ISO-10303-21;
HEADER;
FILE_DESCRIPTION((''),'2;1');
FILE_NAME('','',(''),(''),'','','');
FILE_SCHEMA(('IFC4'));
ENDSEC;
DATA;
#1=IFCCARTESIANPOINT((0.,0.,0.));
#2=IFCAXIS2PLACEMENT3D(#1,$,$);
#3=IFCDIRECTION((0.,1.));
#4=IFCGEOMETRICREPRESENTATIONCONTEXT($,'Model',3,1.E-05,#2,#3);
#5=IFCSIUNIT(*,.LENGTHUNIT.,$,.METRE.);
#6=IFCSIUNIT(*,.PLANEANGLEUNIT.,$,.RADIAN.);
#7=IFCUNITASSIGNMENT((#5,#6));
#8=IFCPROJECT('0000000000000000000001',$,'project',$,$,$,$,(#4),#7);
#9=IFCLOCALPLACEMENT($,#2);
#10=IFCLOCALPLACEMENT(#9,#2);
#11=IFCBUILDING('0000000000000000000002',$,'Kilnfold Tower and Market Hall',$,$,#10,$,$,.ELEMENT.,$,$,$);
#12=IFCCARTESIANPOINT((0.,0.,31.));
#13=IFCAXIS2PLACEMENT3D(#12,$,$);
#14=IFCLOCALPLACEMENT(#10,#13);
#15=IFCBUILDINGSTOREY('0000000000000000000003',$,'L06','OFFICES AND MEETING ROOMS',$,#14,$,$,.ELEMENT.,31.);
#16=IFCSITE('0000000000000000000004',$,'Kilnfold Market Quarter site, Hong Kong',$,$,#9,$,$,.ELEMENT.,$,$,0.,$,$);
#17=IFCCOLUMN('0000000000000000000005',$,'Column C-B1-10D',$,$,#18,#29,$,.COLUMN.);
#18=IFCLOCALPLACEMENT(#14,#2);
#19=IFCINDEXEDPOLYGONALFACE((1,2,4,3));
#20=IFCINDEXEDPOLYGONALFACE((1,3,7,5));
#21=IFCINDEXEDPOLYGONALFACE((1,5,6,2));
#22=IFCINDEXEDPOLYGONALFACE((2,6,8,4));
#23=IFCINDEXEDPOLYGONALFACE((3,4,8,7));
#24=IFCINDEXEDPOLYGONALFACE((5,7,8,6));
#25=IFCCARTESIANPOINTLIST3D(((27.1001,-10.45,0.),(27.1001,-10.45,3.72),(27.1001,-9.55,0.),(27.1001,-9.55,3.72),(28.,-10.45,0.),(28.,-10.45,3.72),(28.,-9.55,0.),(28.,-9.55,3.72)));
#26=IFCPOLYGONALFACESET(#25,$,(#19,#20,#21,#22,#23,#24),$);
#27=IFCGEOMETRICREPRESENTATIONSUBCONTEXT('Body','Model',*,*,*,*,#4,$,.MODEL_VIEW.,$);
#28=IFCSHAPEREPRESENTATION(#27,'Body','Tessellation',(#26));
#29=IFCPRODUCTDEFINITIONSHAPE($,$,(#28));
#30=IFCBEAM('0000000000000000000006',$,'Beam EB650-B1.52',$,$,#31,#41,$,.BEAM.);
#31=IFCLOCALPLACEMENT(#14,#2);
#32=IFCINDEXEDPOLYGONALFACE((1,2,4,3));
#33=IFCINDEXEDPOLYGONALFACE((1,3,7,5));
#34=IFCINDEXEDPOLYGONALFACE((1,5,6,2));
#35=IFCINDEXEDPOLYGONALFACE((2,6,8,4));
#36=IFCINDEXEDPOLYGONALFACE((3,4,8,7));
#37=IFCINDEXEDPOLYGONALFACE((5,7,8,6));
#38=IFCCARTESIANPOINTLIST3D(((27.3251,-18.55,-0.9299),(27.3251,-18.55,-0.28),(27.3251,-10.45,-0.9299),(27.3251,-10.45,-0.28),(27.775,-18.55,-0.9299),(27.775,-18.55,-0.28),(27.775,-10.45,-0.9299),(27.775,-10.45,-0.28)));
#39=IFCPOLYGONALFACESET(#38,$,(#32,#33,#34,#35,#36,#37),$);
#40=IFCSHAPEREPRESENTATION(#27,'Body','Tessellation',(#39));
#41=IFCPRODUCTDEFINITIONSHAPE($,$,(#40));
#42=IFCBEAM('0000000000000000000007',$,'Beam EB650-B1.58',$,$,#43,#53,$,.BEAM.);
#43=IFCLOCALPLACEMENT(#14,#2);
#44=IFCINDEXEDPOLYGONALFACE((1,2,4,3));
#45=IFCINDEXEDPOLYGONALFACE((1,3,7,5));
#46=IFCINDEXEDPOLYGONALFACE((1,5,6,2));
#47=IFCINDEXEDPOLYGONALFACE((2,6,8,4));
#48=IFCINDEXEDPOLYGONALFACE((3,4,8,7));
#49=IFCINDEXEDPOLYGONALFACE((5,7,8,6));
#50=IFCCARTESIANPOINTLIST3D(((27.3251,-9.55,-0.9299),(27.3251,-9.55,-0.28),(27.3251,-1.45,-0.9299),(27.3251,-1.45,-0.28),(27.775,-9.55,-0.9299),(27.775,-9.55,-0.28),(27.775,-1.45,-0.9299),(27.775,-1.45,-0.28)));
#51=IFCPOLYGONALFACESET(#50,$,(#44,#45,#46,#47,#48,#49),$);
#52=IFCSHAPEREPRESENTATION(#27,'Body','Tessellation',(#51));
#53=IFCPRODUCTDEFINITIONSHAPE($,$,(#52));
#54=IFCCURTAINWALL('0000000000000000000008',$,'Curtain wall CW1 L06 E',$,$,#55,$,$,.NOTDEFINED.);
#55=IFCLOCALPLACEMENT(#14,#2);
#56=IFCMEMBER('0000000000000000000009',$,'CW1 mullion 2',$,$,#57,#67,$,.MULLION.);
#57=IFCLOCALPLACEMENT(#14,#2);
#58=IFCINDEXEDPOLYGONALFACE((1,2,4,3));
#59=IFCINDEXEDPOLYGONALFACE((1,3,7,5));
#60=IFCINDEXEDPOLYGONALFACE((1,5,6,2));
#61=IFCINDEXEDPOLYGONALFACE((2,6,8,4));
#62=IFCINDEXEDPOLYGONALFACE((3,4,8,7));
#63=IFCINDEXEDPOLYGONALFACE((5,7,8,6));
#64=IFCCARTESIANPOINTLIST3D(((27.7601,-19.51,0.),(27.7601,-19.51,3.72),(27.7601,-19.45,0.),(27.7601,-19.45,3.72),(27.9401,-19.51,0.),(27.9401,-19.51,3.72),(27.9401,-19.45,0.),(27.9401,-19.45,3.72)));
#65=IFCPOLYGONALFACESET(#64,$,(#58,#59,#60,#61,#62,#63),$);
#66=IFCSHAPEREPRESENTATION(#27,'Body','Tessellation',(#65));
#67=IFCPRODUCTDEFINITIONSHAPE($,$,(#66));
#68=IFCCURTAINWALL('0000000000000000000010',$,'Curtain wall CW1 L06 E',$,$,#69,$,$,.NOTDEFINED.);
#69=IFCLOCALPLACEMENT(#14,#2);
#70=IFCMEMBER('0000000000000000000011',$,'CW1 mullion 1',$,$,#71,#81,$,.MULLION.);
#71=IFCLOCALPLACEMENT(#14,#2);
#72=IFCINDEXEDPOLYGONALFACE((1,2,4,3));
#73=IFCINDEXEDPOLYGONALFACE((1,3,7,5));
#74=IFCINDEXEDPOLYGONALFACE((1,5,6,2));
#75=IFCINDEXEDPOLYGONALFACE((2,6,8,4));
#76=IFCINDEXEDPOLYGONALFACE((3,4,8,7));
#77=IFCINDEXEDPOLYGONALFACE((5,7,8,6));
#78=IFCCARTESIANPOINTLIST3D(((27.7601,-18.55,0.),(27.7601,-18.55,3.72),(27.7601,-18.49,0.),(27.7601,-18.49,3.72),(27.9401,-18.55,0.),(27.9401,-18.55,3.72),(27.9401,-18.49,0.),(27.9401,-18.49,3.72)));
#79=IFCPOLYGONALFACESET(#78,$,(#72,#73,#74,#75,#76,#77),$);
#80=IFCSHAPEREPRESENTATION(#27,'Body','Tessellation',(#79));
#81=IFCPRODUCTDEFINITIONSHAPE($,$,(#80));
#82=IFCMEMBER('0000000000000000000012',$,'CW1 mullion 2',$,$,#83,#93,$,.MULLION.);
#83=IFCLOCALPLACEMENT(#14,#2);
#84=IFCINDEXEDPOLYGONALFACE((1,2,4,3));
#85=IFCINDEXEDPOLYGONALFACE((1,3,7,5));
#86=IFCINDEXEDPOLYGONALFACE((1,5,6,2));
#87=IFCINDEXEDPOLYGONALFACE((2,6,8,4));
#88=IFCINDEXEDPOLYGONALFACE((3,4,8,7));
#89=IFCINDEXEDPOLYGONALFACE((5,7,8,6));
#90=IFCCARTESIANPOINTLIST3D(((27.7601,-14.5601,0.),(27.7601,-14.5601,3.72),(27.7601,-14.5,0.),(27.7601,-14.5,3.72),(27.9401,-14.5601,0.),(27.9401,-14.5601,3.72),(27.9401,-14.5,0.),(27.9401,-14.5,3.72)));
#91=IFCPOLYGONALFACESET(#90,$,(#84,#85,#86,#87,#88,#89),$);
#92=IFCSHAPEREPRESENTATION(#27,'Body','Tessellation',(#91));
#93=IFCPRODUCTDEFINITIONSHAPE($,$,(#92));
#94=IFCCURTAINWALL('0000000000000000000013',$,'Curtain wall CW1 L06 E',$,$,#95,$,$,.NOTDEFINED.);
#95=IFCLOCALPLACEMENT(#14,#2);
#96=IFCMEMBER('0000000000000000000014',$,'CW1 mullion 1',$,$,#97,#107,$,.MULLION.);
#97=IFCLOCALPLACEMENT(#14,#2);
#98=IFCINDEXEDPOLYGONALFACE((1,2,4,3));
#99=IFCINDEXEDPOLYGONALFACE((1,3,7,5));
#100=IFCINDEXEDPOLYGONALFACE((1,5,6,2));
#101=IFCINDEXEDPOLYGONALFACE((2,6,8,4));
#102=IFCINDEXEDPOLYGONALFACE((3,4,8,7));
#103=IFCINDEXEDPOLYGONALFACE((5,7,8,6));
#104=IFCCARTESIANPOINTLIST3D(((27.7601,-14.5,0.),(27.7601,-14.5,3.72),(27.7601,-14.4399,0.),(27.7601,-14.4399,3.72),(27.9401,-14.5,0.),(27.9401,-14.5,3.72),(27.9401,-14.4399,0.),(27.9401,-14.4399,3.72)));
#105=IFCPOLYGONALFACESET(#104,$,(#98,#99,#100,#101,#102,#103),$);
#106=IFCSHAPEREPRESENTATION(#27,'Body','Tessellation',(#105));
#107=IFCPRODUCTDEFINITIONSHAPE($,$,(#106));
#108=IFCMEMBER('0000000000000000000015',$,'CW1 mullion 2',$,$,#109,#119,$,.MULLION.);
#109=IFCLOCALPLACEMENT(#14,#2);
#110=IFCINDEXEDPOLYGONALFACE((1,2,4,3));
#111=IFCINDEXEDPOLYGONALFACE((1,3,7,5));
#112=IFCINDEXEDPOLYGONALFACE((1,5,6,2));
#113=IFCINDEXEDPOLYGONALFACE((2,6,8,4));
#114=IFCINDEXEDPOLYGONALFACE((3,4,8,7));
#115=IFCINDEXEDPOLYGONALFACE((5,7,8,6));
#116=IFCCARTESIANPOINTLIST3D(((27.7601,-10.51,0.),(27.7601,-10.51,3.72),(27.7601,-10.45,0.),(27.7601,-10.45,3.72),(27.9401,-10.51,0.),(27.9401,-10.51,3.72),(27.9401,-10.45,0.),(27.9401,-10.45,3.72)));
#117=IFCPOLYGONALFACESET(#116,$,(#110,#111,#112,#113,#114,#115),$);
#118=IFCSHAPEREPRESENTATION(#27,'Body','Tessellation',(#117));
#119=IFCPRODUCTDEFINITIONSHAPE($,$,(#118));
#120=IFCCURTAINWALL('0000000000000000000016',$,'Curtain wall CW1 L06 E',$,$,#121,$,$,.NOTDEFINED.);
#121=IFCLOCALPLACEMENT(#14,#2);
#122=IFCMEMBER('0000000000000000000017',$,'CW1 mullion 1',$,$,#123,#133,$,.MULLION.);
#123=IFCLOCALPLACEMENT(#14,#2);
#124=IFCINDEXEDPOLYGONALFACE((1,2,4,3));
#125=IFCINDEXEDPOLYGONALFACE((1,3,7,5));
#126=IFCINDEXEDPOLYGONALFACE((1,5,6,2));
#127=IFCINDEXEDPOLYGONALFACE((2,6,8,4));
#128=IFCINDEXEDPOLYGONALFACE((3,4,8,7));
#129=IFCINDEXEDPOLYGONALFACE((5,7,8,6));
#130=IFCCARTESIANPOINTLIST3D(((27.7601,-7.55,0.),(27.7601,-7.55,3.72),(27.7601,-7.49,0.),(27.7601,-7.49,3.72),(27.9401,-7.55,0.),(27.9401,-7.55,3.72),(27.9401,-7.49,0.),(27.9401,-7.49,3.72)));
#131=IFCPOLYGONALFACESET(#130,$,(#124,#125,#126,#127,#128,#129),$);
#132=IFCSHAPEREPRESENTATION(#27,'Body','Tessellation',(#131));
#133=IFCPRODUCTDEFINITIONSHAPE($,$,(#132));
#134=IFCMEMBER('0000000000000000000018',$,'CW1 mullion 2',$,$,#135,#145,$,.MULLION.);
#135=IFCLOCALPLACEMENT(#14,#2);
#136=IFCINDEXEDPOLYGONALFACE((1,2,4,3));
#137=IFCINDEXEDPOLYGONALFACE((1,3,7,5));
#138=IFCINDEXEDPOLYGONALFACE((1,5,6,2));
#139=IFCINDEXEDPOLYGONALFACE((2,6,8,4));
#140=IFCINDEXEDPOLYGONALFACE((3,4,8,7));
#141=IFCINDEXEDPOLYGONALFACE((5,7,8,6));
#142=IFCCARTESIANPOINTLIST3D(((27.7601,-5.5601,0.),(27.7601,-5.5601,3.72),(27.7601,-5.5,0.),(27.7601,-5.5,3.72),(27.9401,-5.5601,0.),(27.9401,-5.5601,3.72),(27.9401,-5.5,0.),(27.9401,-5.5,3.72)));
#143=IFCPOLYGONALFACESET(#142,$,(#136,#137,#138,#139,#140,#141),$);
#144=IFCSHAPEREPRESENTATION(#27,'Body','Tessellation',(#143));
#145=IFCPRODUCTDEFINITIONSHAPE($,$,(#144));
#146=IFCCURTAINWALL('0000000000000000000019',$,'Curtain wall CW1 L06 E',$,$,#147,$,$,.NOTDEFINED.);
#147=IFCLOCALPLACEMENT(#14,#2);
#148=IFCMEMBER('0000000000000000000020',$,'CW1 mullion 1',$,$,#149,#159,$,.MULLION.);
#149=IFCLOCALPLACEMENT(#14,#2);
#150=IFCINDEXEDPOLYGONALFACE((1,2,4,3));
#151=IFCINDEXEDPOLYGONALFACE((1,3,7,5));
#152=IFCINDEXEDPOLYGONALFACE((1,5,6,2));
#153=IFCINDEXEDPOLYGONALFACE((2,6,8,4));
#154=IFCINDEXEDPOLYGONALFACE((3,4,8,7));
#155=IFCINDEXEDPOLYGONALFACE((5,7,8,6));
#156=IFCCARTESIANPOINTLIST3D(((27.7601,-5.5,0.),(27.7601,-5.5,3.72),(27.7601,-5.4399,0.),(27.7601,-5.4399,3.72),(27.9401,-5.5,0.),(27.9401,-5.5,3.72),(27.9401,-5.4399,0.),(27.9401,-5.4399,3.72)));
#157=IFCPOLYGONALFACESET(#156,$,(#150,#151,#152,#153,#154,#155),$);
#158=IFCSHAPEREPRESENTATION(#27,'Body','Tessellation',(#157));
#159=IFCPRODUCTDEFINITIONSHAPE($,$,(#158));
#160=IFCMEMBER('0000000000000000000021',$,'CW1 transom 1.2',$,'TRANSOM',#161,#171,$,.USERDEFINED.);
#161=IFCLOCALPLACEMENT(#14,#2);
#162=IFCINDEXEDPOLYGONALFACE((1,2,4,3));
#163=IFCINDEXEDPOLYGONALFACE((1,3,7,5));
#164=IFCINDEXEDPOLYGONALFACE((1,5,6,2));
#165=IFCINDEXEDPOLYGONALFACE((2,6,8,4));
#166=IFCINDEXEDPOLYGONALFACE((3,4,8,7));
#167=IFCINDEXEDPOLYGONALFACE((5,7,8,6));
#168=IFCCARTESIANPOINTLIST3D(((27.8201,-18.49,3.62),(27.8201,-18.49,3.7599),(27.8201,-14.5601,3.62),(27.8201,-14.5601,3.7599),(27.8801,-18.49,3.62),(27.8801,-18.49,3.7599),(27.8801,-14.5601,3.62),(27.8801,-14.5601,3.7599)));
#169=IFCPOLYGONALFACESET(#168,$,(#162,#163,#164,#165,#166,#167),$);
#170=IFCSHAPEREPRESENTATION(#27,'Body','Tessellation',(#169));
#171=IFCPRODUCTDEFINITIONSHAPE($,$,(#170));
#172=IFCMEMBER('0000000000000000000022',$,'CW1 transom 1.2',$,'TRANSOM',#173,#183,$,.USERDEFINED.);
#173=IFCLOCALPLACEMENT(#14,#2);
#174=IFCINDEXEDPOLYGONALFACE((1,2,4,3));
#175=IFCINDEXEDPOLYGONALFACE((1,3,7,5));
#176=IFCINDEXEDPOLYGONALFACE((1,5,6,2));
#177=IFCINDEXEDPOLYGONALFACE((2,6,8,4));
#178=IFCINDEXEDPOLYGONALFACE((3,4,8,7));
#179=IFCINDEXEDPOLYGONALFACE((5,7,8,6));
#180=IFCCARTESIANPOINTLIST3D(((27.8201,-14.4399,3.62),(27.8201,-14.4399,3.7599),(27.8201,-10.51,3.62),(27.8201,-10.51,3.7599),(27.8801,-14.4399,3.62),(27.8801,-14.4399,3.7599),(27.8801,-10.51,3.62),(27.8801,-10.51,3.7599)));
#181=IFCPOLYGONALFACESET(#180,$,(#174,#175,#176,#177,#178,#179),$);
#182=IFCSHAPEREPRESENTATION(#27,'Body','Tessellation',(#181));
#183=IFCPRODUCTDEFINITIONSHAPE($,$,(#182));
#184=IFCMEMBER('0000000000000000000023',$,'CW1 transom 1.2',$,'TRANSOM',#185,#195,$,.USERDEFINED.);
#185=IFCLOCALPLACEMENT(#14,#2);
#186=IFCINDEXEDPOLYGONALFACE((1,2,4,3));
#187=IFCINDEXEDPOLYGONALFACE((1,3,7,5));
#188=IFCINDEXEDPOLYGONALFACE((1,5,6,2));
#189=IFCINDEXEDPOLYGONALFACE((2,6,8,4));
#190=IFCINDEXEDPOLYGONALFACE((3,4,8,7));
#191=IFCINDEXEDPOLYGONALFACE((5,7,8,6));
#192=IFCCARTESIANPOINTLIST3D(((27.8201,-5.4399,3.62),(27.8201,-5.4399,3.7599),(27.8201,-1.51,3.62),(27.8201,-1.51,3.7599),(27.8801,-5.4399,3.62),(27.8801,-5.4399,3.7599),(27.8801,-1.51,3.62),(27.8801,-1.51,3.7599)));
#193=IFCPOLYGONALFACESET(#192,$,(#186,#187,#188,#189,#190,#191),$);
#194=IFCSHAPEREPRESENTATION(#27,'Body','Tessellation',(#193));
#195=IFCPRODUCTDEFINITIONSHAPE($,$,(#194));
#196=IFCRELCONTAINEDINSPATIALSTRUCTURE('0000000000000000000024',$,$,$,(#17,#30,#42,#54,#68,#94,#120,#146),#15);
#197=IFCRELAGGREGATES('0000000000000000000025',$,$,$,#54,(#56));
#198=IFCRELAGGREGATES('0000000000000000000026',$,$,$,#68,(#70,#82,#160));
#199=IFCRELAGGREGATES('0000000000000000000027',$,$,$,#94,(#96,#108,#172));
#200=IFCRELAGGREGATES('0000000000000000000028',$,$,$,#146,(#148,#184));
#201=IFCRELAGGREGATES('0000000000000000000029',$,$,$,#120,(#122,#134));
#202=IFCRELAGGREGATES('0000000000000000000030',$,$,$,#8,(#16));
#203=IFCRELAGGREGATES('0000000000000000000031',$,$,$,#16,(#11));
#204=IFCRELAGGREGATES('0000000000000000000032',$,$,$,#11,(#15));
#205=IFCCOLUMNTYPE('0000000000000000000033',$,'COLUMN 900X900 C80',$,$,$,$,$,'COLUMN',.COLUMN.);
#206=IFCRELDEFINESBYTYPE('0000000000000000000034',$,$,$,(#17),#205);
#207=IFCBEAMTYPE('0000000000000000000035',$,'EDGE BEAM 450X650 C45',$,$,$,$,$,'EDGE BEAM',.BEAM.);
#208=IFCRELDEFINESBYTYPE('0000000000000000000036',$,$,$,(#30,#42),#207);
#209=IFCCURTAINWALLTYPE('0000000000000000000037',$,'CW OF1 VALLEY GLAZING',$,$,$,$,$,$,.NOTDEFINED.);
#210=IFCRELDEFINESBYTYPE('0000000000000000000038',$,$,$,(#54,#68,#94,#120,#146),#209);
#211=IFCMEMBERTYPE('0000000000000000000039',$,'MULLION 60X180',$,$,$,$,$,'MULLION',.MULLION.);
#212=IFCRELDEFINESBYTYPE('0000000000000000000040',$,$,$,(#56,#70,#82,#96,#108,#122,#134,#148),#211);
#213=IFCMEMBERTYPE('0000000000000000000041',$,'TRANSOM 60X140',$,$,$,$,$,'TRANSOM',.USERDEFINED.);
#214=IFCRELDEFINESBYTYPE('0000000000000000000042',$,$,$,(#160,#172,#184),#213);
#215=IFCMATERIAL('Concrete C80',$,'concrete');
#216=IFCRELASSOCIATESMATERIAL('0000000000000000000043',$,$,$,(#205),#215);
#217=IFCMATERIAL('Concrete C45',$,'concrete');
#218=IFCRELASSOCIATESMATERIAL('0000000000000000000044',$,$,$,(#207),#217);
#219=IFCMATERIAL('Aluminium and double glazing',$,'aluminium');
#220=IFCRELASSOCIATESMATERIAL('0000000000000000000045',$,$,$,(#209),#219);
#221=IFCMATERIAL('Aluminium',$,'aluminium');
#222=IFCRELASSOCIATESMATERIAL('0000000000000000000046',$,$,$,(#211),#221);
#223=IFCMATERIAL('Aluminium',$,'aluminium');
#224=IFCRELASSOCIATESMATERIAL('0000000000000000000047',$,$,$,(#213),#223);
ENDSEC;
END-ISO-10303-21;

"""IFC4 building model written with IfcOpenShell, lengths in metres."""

from ifc_helpers import new_model, si_unit, direction, frame, origin, origin_2d, place, context, subcontext, project, spatial, rectangle, extrude, source, transform, mapped, material, material_profile, profile_set, type_object, element, aggregate, save


model = new_model("IFC4")

# Units and contexts
model_context = context("Model", 3, precision=1e-05, world=origin(), true_north=direction((0.0, 1.0)))
body_context = subcontext(model_context, "Body", "Model", "MODEL_VIEW")
ifc_project = project(units=[si_unit("LENGTHUNIT", "METRE"), si_unit("PLANEANGLEUNIT", "RADIAN")], contexts=[model_context])

# Site, building, storey
site_placement = place(None, origin())
site = spatial("IfcSite", under=ifc_project, at=site_placement, Name="Kilnfold Market Quarter site, Hong Kong", CompositionType="ELEMENT", RefElevation=0.0)
building_placement = place(site_placement, origin())
building = spatial("IfcBuilding", under=site, at=building_placement, Name="Kilnfold Tower and Market Hall", CompositionType="ELEMENT")
storey_placement = place(building_placement, frame((0.0, 0.0, 31.0)))
storey = spatial("IfcBuildingStorey", under=building, at=storey_placement, Name="L06", Description="OFFICES AND MEETING ROOMS", CompositionType="ELEMENT", Elevation=31.0)

# Column
ifc_material_1 = material(Name="Concrete C80", Category="concrete")
ifc_material_profile_1 = material_profile(ifc_material_1, rectangle(XDim=0.8999, YDim=0.8999, at=origin_2d()), Name="RC 900x900")
ifc_profile_set_1 = profile_set([ifc_material_profile_1], Name="Concrete C80")
column_type = type_object("IfcColumnType", Name="COLUMN 900X900 C80", ElementType="COLUMN", PredefinedType="COLUMN", material=ifc_profile_set_1)
shared_shape_1 = source(origin(), body_context, "Body", "SweptSolid", [
    extrude(rectangle(XDim=0.8999, YDim=0.8999, at=origin_2d()), origin(), (0.0, 0.0, 1.0), 3.72),
])
column_placement = place(storey_placement, frame((27.55, -10.0, 0.0), z_axis=(0.0, 0.0, 1.0), x_axis=(1.0, 0.0, 0.0)))
element("IfcColumn", 1, at=column_placement, inside=storey, type_object=column_type, Name="Column C-B1-10D", PredefinedType="COLUMN", context=body_context, shape_type="MappedRepresentation", body=[
    mapped(shared_shape_1, transform((0.0, 0.0, 0.0))),
])

# Beams
ifc_material_2 = material(Name="Concrete C45", Category="concrete")
ifc_material_profile_2 = material_profile(ifc_material_2, rectangle(XDim=0.45, YDim=0.6499, at=origin_2d()), Name="RC 450x650")
ifc_profile_set_2 = profile_set([ifc_material_profile_2], Name="Concrete C45")
beam_type = type_object("IfcBeamType", Name="EDGE BEAM 450X650 C45", ElementType="EDGE BEAM", PredefinedType="BEAM", material=ifc_profile_set_2)
shared_shape_2 = source(origin(), body_context, "Body", "SweptSolid", [
    extrude(rectangle(XDim=0.45, YDim=0.6499, at=origin_2d()), origin(), (0.0, 0.0, 1.0), 8.1001),
])
for number, where, z_axis, x_axis, name in (
    (2, (27.55, -18.55, -0.605), (0.0, 1.0, 0.0), (-1.0, 0.0, 0.0), "Beam EB650-B1.52"),
    (3, (27.55, -9.55, -0.605), (0.0, 1.0, 0.0), (-1.0, 0.0, 0.0), "Beam EB650-B1.58"),
):
    element("IfcBeam", number, at=place(storey_placement, frame(where, z_axis=z_axis, x_axis=x_axis)), inside=storey, type_object=beam_type, Name=name, PredefinedType="BEAM", context=body_context, shape_type="MappedRepresentation", body=[
        mapped(shared_shape_2, transform((0.0, 0.0, 0.0))),
    ])

# Curtain wall, member
ifc_material_3 = material(Name="Aluminium and double glazing", Category="aluminium")
curtain_wall_type = type_object("IfcCurtainWallType", Name="CW OF1 VALLEY GLAZING", PredefinedType="NOTDEFINED", material=ifc_material_3)
curtain_wall_1_placement = place(storey_placement, origin())
curtain_wall_1 = element("IfcCurtainWall", 4, at=curtain_wall_1_placement, inside=storey, type_object=curtain_wall_type, Name="Curtain wall CW1 L06 E", PredefinedType="NOTDEFINED")
ifc_material_4 = material(Name="Aluminium", Category="aluminium")
ifc_material_profile_3 = material_profile(ifc_material_4, rectangle(XDim=0.0601, YDim=0.1799, at=origin_2d()), Name="MULLION 60x180")
ifc_profile_set_3 = profile_set([ifc_material_profile_3], Name="Aluminium")
member_type_1 = type_object("IfcMemberType", Name="MULLION 60X180", ElementType="MULLION", PredefinedType="MULLION", material=ifc_profile_set_3)
shared_shape_3 = source(origin(), body_context, "Body", "SweptSolid", [
    extrude(rectangle(XDim=0.0601, YDim=0.1799, at=origin_2d()), origin(), (0.0, 0.0, 1.0), 3.72),
])
member_1_placement = place(storey_placement, frame((27.8501, -19.48, 0.0), z_axis=(0.0, 0.0, 1.0), x_axis=(0.0, 1.0, 0.0)))
member_1 = element("IfcMember", 5, at=member_1_placement, type_object=member_type_1, Name="CW1 mullion 2", PredefinedType="MULLION", context=body_context, shape_type="MappedRepresentation", body=[
    mapped(shared_shape_3, transform((0.0, 0.0, 0.0))),
])
aggregate(curtain_wall_1, [member_1])

# Curtain walls, members
curtain_wall_2_placement = place(storey_placement, origin())
curtain_wall_2 = element("IfcCurtainWall", 6, at=curtain_wall_2_placement, inside=storey, type_object=curtain_wall_type, Name="Curtain wall CW1 L06 E", PredefinedType="NOTDEFINED")
member_2_placement = place(storey_placement, frame((27.8501, -18.52, 0.0), z_axis=(0.0, 0.0, 1.0), x_axis=(0.0, 1.0, 0.0)))
member_2 = element("IfcMember", 7, at=member_2_placement, type_object=member_type_1, Name="CW1 mullion 1", PredefinedType="MULLION", context=body_context, shape_type="MappedRepresentation", body=[
    mapped(shared_shape_3, transform((0.0, 0.0, 0.0))),
])
member_3_placement = place(storey_placement, frame((27.8501, -14.53, 0.0), z_axis=(0.0, 0.0, 1.0), x_axis=(0.0, 1.0, 0.0)))
member_3 = element("IfcMember", 8, at=member_3_placement, type_object=member_type_1, Name="CW1 mullion 2", PredefinedType="MULLION", context=body_context, shape_type="MappedRepresentation", body=[
    mapped(shared_shape_3, transform((0.0, 0.0, 0.0))),
])
curtain_wall_3_placement = place(storey_placement, origin())
curtain_wall_3 = element("IfcCurtainWall", 9, at=curtain_wall_3_placement, inside=storey, type_object=curtain_wall_type, Name="Curtain wall CW1 L06 E", PredefinedType="NOTDEFINED")
member_4_placement = place(storey_placement, frame((27.8501, -14.47, 0.0), z_axis=(0.0, 0.0, 1.0), x_axis=(0.0, 1.0, 0.0)))
member_4 = element("IfcMember", 10, at=member_4_placement, type_object=member_type_1, Name="CW1 mullion 1", PredefinedType="MULLION", context=body_context, shape_type="MappedRepresentation", body=[
    mapped(shared_shape_3, transform((0.0, 0.0, 0.0))),
])
member_5_placement = place(storey_placement, frame((27.8501, -10.48, 0.0), z_axis=(0.0, 0.0, 1.0), x_axis=(0.0, 1.0, 0.0)))
member_5 = element("IfcMember", 11, at=member_5_placement, type_object=member_type_1, Name="CW1 mullion 2", PredefinedType="MULLION", context=body_context, shape_type="MappedRepresentation", body=[
    mapped(shared_shape_3, transform((0.0, 0.0, 0.0))),
])
curtain_wall_4_placement = place(storey_placement, origin())
curtain_wall_4 = element("IfcCurtainWall", 12, at=curtain_wall_4_placement, inside=storey, type_object=curtain_wall_type, Name="Curtain wall CW1 L06 E", PredefinedType="NOTDEFINED")
member_6_placement = place(storey_placement, frame((27.8501, -7.52, 0.0), z_axis=(0.0, 0.0, 1.0), x_axis=(0.0, 1.0, 0.0)))
member_6 = element("IfcMember", 13, at=member_6_placement, type_object=member_type_1, Name="CW1 mullion 1", PredefinedType="MULLION", context=body_context, shape_type="MappedRepresentation", body=[
    mapped(shared_shape_3, transform((0.0, 0.0, 0.0))),
])
member_7_placement = place(storey_placement, frame((27.8501, -5.53, 0.0), z_axis=(0.0, 0.0, 1.0), x_axis=(0.0, 1.0, 0.0)))
member_7 = element("IfcMember", 14, at=member_7_placement, type_object=member_type_1, Name="CW1 mullion 2", PredefinedType="MULLION", context=body_context, shape_type="MappedRepresentation", body=[
    mapped(shared_shape_3, transform((0.0, 0.0, 0.0))),
])

# Curtain wall, member
curtain_wall_5_placement = place(storey_placement, origin())
curtain_wall_5 = element("IfcCurtainWall", 15, at=curtain_wall_5_placement, inside=storey, type_object=curtain_wall_type, Name="Curtain wall CW1 L06 E", PredefinedType="NOTDEFINED")
member_8_placement = place(storey_placement, frame((27.8501, -5.47, 0.0), z_axis=(0.0, 0.0, 1.0), x_axis=(0.0, 1.0, 0.0)))
member_8 = element("IfcMember", 16, at=member_8_placement, type_object=member_type_1, Name="CW1 mullion 1", PredefinedType="MULLION", context=body_context, shape_type="MappedRepresentation", body=[
    mapped(shared_shape_3, transform((0.0, 0.0, 0.0))),
])

# Members
ifc_material_5 = material(Name="Aluminium", Category="aluminium")
ifc_material_profile_4 = material_profile(ifc_material_5, rectangle(XDim=0.0601, YDim=0.1399, at=origin_2d()), Name="TRANSOM 60x140")
ifc_profile_set_4 = profile_set([ifc_material_profile_4], Name="Aluminium")
member_type_2 = type_object("IfcMemberType", Name="TRANSOM 60X140", ElementType="TRANSOM", PredefinedType="USERDEFINED", material=ifc_profile_set_4)
shared_shape_4 = source(origin(), body_context, "Body", "SweptSolid", [
    extrude(rectangle(XDim=0.0601, YDim=0.1399, at=origin_2d()), origin(), (0.0, 0.0, 1.0), 3.9299),
])
member_9_placement = place(storey_placement, frame((27.8501, -18.49, 3.6899), z_axis=(0.0, 1.0, 0.0), x_axis=(-1.0, 0.0, 0.0)))
member_9 = element("IfcMember", 17, at=member_9_placement, type_object=member_type_2, Name="CW1 transom 1.2", ObjectType="TRANSOM", PredefinedType="USERDEFINED", context=body_context, shape_type="MappedRepresentation", body=[
    mapped(shared_shape_4, transform((0.0, 0.0, 0.0))),
])
member_10_placement = place(storey_placement, frame((27.8501, -14.4399, 3.6899), z_axis=(0.0, 1.0, 0.0), x_axis=(-1.0, 0.0, 0.0)))
member_10 = element("IfcMember", 18, at=member_10_placement, type_object=member_type_2, Name="CW1 transom 1.2", ObjectType="TRANSOM", PredefinedType="USERDEFINED", context=body_context, shape_type="MappedRepresentation", body=[
    mapped(shared_shape_4, transform((0.0, 0.0, 0.0))),
])
member_11_placement = place(storey_placement, frame((27.8501, -5.4399, 3.6899), z_axis=(0.0, 1.0, 0.0), x_axis=(-1.0, 0.0, 0.0)))
member_11 = element("IfcMember", 19, at=member_11_placement, type_object=member_type_2, Name="CW1 transom 1.2", ObjectType="TRANSOM", PredefinedType="USERDEFINED", context=body_context, shape_type="MappedRepresentation", body=[
    mapped(shared_shape_4, transform((0.0, 0.0, 0.0))),
])

aggregate(curtain_wall_2, [member_2, member_3, member_9])
aggregate(curtain_wall_3, [member_4, member_5, member_10])
aggregate(curtain_wall_5, [member_8, member_11])
aggregate(curtain_wall_4, [member_6, member_7])

save(model, "model.ifc")
